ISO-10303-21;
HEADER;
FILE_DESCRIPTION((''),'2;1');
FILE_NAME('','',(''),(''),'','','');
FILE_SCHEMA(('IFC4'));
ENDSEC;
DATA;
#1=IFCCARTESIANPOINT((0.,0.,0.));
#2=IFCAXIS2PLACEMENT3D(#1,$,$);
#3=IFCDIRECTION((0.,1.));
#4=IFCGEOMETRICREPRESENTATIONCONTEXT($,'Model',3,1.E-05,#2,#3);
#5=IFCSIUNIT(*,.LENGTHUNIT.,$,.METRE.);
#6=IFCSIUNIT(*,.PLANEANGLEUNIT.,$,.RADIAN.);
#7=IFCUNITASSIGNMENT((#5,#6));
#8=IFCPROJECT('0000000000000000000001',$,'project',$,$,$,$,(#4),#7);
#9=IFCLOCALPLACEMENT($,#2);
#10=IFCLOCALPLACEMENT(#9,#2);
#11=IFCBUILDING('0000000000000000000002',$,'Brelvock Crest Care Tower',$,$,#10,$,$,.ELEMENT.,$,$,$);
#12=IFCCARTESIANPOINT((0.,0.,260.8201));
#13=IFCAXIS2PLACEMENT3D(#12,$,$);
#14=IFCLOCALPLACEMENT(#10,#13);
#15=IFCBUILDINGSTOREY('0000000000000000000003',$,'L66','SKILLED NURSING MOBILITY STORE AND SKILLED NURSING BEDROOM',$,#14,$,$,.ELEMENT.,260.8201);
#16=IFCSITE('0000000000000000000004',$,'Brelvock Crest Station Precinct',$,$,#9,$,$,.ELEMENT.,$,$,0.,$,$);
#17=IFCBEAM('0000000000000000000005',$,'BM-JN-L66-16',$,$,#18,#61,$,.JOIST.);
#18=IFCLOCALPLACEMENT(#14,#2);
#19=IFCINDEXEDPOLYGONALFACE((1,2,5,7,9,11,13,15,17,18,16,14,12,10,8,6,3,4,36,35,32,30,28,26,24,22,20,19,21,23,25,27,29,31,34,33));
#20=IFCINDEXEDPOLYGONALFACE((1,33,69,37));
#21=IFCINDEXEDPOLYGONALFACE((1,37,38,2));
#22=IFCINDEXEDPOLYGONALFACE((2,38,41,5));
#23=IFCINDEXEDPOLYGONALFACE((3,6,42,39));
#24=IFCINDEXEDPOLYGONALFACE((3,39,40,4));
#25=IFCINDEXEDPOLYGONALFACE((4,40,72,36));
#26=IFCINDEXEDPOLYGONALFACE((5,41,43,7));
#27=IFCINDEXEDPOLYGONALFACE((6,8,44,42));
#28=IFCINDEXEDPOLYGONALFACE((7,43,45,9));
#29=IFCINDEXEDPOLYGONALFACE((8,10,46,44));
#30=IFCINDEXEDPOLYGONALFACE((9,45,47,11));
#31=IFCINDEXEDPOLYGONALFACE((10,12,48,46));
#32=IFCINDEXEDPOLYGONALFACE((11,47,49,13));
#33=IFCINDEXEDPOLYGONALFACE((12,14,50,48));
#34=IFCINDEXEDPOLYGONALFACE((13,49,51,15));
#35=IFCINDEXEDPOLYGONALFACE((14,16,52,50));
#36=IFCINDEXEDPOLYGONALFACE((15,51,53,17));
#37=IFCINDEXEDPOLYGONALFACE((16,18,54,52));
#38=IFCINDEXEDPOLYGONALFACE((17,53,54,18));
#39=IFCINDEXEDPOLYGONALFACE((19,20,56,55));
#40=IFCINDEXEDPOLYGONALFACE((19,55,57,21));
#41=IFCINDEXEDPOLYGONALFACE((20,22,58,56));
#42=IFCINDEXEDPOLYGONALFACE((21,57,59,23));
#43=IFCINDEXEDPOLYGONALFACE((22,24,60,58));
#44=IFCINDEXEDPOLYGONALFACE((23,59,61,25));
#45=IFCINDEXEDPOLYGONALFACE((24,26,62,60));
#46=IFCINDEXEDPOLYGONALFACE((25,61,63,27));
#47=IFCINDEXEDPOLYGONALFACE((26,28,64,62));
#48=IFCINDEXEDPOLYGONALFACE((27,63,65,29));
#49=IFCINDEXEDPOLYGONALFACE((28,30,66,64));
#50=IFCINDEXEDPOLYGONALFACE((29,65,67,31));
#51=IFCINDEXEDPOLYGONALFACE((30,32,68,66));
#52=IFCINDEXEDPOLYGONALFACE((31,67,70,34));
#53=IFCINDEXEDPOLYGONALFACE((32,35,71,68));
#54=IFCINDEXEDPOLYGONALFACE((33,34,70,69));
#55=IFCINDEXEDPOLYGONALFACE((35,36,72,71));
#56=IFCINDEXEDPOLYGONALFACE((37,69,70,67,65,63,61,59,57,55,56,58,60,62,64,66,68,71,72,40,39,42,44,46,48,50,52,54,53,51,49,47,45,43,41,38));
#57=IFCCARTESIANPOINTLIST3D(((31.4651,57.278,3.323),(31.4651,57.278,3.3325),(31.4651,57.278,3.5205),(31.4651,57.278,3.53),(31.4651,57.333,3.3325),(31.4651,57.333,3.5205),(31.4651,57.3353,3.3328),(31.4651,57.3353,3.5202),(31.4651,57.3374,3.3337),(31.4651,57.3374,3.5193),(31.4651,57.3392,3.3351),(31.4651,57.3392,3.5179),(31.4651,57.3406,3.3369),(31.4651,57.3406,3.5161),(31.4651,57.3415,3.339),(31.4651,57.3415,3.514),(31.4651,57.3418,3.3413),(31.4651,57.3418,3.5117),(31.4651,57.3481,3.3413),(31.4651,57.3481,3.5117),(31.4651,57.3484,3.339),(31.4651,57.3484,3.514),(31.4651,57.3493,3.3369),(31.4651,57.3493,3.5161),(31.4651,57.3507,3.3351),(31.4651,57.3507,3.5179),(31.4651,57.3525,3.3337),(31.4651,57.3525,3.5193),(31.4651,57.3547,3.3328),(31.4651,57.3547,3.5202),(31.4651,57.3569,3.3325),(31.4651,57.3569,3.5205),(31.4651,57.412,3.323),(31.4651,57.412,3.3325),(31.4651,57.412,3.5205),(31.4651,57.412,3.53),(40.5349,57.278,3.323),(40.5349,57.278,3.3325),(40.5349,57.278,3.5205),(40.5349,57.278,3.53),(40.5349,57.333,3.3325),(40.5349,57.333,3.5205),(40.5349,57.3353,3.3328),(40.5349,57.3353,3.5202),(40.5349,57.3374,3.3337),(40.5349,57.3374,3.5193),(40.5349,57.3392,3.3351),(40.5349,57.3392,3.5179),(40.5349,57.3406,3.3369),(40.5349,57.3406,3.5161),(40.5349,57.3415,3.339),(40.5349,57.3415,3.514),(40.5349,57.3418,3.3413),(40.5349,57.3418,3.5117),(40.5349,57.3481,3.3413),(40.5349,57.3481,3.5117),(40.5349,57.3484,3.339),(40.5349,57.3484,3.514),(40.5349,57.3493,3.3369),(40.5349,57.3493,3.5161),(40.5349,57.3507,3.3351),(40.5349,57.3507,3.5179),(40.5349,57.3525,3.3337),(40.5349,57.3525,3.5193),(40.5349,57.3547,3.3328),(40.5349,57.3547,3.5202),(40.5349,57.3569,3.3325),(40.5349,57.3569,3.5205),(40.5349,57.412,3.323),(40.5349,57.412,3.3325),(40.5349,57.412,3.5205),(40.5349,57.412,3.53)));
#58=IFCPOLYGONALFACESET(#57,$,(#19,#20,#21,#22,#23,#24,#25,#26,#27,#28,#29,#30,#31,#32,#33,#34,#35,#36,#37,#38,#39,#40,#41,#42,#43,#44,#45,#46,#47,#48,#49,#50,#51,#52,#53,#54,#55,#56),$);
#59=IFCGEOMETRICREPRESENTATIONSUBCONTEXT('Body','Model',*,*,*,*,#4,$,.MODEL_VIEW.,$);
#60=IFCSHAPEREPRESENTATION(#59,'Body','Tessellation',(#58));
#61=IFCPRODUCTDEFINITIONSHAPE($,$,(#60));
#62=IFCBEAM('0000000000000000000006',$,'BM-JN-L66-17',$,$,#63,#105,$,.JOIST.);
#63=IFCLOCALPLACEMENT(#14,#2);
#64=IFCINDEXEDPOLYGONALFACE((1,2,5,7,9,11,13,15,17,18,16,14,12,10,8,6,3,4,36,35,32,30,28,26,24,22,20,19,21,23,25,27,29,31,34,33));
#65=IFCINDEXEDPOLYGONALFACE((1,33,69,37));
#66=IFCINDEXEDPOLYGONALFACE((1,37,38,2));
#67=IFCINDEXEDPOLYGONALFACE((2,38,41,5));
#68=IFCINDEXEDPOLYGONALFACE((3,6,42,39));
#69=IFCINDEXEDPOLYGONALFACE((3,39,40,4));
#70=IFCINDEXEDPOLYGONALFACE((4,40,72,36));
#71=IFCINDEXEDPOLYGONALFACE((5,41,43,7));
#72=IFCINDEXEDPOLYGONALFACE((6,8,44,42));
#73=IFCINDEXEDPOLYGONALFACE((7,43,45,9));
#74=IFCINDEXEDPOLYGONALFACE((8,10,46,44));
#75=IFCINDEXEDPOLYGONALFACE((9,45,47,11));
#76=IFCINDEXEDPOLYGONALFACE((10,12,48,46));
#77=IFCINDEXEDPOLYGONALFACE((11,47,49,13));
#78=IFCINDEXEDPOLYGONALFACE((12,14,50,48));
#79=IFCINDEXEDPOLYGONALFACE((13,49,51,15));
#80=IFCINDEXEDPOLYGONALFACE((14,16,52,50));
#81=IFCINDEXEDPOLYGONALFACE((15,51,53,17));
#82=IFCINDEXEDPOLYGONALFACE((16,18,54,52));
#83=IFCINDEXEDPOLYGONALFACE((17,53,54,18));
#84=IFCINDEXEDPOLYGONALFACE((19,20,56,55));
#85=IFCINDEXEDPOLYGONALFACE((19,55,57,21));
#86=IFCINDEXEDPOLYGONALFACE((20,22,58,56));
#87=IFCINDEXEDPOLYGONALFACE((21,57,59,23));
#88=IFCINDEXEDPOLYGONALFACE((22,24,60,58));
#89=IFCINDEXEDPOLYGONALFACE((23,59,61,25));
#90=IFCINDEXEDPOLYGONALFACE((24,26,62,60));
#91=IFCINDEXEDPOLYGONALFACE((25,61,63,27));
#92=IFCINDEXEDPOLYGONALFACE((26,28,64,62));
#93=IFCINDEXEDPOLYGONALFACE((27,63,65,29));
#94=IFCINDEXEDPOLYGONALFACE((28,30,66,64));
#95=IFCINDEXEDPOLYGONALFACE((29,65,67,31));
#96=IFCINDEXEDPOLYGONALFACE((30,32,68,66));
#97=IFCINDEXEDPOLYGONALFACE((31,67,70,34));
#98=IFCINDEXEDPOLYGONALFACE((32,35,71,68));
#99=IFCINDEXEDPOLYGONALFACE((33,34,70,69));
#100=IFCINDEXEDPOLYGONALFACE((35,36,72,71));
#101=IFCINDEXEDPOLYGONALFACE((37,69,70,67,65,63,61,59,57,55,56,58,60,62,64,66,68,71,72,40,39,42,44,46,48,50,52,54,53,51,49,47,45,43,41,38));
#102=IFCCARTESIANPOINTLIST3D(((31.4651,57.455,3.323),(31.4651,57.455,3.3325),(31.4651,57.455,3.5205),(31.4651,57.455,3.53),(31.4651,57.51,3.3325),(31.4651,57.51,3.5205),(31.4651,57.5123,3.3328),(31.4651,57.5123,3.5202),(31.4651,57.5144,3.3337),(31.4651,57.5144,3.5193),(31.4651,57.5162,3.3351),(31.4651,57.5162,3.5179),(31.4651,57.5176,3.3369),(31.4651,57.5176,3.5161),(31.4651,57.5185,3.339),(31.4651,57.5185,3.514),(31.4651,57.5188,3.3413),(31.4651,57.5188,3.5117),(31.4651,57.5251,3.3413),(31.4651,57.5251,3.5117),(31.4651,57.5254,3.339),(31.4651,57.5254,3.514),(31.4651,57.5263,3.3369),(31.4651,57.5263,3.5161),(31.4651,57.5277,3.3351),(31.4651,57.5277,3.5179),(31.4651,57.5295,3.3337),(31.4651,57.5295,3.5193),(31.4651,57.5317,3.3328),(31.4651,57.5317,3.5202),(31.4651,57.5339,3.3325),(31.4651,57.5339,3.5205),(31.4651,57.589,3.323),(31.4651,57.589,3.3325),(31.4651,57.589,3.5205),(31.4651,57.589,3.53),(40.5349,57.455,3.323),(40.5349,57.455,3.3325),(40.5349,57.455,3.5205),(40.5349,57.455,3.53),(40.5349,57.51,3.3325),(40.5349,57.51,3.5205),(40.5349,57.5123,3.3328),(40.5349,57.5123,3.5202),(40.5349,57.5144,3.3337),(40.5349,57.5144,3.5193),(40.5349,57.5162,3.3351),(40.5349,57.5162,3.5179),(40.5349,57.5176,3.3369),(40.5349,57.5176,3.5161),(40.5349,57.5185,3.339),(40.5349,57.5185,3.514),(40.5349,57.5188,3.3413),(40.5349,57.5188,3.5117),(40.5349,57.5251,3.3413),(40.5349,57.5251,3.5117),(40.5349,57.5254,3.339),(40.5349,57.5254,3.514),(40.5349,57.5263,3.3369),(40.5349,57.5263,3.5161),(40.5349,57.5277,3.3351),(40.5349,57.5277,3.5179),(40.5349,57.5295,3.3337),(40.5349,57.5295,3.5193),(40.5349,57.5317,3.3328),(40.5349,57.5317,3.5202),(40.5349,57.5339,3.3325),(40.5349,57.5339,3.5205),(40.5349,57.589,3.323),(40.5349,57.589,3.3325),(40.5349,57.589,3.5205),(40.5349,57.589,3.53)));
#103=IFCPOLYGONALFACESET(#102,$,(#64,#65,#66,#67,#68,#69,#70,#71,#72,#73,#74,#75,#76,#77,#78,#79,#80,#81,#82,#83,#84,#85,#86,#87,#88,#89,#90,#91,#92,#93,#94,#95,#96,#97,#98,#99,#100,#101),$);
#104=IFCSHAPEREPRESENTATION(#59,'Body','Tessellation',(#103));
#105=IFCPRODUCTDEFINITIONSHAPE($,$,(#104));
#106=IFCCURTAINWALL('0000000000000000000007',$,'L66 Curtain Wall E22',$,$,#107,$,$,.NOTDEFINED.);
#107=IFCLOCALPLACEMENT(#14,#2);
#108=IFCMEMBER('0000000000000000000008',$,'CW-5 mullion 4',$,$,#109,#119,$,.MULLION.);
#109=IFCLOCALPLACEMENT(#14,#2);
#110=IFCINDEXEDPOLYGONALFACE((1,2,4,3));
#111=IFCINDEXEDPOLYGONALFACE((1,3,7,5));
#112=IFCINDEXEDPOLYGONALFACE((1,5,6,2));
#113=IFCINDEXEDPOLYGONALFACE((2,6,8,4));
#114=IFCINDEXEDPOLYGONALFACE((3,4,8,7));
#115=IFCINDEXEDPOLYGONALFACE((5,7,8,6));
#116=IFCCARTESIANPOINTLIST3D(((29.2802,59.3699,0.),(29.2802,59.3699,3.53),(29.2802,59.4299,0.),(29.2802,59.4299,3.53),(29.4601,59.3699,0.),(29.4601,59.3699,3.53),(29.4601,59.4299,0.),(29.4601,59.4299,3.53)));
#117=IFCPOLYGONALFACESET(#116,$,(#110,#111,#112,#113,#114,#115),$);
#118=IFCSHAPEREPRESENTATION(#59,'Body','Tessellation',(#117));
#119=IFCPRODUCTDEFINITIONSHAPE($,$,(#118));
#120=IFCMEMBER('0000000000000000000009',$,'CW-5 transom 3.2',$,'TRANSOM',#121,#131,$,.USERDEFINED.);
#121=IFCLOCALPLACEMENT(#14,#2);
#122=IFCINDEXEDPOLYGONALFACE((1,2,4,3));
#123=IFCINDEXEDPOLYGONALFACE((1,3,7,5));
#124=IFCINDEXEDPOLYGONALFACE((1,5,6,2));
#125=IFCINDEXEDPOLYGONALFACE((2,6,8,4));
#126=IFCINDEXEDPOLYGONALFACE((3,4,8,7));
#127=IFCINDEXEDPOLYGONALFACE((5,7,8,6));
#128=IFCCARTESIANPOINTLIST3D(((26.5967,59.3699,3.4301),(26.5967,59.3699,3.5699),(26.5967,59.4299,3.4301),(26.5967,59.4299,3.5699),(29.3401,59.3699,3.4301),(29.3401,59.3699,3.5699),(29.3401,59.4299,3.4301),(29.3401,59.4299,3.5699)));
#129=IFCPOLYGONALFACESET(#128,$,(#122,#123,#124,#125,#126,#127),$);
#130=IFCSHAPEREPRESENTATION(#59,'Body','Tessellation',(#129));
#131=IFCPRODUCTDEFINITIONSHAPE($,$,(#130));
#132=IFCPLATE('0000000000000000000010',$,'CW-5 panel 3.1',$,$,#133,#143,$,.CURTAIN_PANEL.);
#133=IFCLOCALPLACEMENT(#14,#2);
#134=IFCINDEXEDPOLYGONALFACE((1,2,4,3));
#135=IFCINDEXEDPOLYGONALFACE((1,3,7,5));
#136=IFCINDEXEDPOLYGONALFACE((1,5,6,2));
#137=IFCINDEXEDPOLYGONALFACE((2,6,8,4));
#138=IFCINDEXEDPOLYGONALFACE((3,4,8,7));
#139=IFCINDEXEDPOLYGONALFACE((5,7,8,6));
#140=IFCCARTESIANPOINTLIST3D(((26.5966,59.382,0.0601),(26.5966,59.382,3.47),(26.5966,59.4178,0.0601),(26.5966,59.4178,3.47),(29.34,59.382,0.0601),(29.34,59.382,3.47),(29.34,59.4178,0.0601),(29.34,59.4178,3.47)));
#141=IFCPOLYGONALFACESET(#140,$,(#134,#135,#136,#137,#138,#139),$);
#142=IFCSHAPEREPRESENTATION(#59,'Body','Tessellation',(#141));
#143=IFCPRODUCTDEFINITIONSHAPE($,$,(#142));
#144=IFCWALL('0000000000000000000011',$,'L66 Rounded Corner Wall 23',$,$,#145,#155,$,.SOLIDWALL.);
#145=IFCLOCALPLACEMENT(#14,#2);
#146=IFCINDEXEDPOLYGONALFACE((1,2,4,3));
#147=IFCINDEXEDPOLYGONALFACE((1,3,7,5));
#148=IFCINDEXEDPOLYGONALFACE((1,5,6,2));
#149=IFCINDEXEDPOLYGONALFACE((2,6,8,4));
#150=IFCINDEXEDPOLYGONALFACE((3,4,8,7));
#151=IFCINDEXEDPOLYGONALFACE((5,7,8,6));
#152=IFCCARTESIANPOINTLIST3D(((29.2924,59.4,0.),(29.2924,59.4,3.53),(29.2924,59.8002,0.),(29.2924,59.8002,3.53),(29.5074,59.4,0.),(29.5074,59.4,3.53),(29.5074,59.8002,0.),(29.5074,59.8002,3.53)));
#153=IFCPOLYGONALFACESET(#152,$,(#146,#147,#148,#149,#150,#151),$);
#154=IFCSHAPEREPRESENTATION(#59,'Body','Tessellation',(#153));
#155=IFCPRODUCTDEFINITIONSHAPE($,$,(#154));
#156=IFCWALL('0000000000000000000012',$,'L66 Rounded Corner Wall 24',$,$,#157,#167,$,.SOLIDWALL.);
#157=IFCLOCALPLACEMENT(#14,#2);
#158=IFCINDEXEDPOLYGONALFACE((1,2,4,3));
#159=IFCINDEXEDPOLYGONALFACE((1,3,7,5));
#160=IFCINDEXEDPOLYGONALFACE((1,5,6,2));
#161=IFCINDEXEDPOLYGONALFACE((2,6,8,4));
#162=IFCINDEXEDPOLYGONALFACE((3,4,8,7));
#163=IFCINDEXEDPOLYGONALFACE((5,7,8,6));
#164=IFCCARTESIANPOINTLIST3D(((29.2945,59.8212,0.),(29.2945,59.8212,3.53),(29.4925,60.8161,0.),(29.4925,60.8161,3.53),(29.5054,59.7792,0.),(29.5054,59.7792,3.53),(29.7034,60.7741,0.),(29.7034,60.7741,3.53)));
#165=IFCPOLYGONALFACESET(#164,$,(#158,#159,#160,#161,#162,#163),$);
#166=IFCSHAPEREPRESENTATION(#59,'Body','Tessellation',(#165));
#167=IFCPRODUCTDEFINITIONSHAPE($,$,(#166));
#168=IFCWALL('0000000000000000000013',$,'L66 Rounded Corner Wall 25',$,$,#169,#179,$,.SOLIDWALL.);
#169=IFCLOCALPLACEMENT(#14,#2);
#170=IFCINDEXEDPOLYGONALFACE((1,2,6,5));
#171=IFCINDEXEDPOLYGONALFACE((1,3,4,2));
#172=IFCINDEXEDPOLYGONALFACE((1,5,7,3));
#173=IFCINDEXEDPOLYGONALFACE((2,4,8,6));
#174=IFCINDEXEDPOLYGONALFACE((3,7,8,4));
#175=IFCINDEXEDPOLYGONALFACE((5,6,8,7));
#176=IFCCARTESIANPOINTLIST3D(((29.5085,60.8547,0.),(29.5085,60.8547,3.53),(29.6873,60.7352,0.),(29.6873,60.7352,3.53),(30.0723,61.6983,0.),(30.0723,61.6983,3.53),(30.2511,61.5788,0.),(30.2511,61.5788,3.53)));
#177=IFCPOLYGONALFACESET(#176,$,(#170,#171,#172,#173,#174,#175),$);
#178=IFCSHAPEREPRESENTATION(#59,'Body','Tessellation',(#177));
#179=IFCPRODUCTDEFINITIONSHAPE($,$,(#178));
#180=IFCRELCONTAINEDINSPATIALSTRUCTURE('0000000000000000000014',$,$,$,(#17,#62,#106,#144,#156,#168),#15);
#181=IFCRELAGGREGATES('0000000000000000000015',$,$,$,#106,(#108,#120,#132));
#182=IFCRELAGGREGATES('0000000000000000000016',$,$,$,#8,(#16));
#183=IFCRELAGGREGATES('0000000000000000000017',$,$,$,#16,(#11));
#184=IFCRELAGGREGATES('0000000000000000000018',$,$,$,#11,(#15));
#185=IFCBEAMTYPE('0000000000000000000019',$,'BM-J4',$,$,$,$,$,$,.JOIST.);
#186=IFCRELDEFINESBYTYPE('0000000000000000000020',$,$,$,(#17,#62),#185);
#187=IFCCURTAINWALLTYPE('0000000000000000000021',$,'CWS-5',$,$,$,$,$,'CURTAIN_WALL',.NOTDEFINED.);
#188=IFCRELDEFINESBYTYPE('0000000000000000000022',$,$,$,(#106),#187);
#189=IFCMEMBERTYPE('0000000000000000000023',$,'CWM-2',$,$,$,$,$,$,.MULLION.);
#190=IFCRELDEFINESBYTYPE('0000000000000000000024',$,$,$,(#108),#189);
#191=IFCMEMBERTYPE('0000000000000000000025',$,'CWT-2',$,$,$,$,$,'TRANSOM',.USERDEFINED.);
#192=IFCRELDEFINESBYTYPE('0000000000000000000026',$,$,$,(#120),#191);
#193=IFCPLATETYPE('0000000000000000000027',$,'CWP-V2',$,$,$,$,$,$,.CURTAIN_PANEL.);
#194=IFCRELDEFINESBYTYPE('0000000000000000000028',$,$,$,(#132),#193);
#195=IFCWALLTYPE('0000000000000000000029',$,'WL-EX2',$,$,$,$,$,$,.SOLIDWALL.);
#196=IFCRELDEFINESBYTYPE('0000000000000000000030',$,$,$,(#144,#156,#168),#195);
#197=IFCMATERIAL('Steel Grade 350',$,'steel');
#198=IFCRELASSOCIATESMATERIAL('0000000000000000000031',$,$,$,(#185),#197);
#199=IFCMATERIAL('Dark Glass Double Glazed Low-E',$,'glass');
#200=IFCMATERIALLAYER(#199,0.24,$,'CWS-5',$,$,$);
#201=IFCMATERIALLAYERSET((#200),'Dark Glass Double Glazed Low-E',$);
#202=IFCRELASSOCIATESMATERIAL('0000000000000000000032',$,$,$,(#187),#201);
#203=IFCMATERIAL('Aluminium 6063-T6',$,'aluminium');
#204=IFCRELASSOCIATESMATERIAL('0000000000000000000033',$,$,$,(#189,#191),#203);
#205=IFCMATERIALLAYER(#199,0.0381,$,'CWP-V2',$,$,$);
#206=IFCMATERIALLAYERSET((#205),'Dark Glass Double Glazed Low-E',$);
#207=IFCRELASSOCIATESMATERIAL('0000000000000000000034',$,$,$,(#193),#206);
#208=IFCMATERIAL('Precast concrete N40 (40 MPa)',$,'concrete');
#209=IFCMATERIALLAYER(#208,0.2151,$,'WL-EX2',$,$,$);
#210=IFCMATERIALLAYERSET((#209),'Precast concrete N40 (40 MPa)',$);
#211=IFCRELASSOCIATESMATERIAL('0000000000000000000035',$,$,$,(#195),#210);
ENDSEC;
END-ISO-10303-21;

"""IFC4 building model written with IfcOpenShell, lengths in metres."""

from ifc_helpers import new_model, si_unit, direction, frame, frame_2d, origin, origin_2d, place, context, subcontext, project, spatial, rectangle, i_section, extrude, source, transform, mapped, material, layer, layer_set, material_profile, profile_set, type_object, element, aggregate, save


model = new_model("IFC4")

# Units and contexts
model_context = context("Model", 3, precision=1e-05, world=origin(), true_north=direction((0.0, 1.0)))
body_context = subcontext(model_context, "Body", "Model", "MODEL_VIEW")
ifc_project = project(units=[si_unit("LENGTHUNIT", "METRE"), si_unit("PLANEANGLEUNIT", "RADIAN")], contexts=[model_context])

# Site, building, storey
site_placement = place(None, origin())
site = spatial("IfcSite", under=ifc_project, at=site_placement, Name="Brelvock Crest Station Precinct", CompositionType="ELEMENT", RefElevation=0.0)
building_placement = place(site_placement, origin())
building = spatial("IfcBuilding", under=site, at=building_placement, Name="Brelvock Crest Care Tower", CompositionType="ELEMENT")
storey_placement = place(building_placement, frame((0.0, 0.0, 260.8201)))
storey = spatial("IfcBuildingStorey", under=building, at=storey_placement, Name="L66", Description="SKILLED NURSING MOBILITY STORE AND SKILLED NURSING BEDROOM", CompositionType="ELEMENT", Elevation=260.8201)

# Shared definitions
ifc_material_1 = material(Name="Steel Grade 350", Category="steel")

# Beams
ifc_material_profile_1 = material_profile(ifc_material_1, i_section(OverallWidth=0.134, OverallDepth=0.207, WebThickness=0.0063, FlangeThickness=0.0095, FilletRadius=0.0088, at=origin_2d()), Name="200UB29.8")
ifc_profile_set_1 = profile_set([ifc_material_profile_1], Name="Steel Grade 350")
beam_type_1 = type_object("IfcBeamType", Name="BM-J4", PredefinedType="JOIST", material=ifc_profile_set_1)
shared_shape_1 = source(origin(), body_context, "Body", "SweptSolid", [
    extrude(i_section(OverallWidth=0.134, OverallDepth=0.207, WebThickness=0.0063, FlangeThickness=0.0095, FilletRadius=0.0088, at=origin_2d()), origin(), (0.0, 0.0, 1.0), 9.0698),
])
for number, where, z_axis, x_axis, name in (
    (1, (31.4651, 57.345, 3.4265), (1.0, 0.0, 0.0), (0.0, 1.0, 0.0), "BM-JN-L66-16"),
    (2, (31.4651, 57.522, 3.4265), (1.0, 0.0, 0.0), (0.0, 1.0, 0.0), "BM-JN-L66-17"),
):
    element("IfcBeam", number, at=place(storey_placement, frame(where, z_axis=z_axis, x_axis=x_axis)), inside=storey, type_object=beam_type_1, Name=name, PredefinedType="JOIST", context=body_context, shape_type="MappedRepresentation", body=[
        mapped(shared_shape_1, transform((0.0, 0.0, 0.0), x_axis=(1.0, 0.0, 0.0), y_axis=(0.0, 1.0, 0.0), z_axis=(0.0, 0.0, 1.0), scale=1.0)),
    ])

# Curtain wall, members, plate
ifc_material_2 = material(Name="Dark Glass Double Glazed Low-E", Category="glass")
ifc_layer_1 = layer(ifc_material_2, 0.24, Name="CWS-5")
ifc_layer_set_1 = layer_set([ifc_layer_1], Name="Dark Glass Double Glazed Low-E")
curtain_wall_type = type_object("IfcCurtainWallType", Name="CWS-5", ElementType="CURTAIN_WALL", PredefinedType="NOTDEFINED", material=ifc_layer_set_1)
curtain_wall_placement = place(storey_placement, origin())
curtain_wall = element("IfcCurtainWall", 3, at=curtain_wall_placement, inside=storey, type_object=curtain_wall_type, Name="L66 Curtain Wall E22", PredefinedType="NOTDEFINED")
ifc_material_3 = material(Name="Aluminium 6063-T6", Category="aluminium")
ifc_material_profile_2 = material_profile(ifc_material_3, rectangle(XDim=0.0601, YDim=0.1799, at=origin_2d()), Name="ALU60x180")
ifc_profile_set_2 = profile_set([ifc_material_profile_2], Name="Aluminium 6063-T6")
member_type_1 = type_object("IfcMemberType", Name="CWM-2", PredefinedType="MULLION", material=ifc_profile_set_2)
shared_shape_2 = source(origin(), body_context, "Body", "SweptSolid", [
    extrude(rectangle(XDim=0.0601, YDim=0.1799, at=origin_2d()), origin(), (0.0, 0.0, 1.0), 3.53),
])
member_1_placement = place(storey_placement, frame((29.3701, 59.3999, 0.0), z_axis=(0.0, 0.0, 1.0), x_axis=(0.0, 1.0, 0.0)))
member_1 = element("IfcMember", 4, at=member_1_placement, type_object=member_type_1, Name="CW-5 mullion 4", PredefinedType="MULLION", context=body_context, shape_type="MappedRepresentation", body=[
    mapped(shared_shape_2, transform((0.0, 0.0, 0.0), x_axis=(1.0, 0.0, 0.0), y_axis=(0.0, 1.0, 0.0), z_axis=(0.0, 0.0, 1.0), scale=1.0)),
])
ifc_material_profile_3 = material_profile(ifc_material_3, rectangle(XDim=0.0601, YDim=0.1399, at=origin_2d()), Name="ALU60x140")
ifc_profile_set_3 = profile_set([ifc_material_profile_3], Name="Aluminium 6063-T6")
member_type_2 = type_object("IfcMemberType", Name="CWT-2", ElementType="TRANSOM", PredefinedType="USERDEFINED", material=ifc_profile_set_3)
shared_shape_3 = source(origin(), body_context, "Body", "SweptSolid", [
    extrude(rectangle(XDim=0.0601, YDim=0.1399, at=origin_2d()), origin(), (0.0, 0.0, 1.0), 2.7434),
])
member_2_placement = place(storey_placement, frame((26.5967, 59.3999, 3.5), z_axis=(1.0, 0.0, 0.0), x_axis=(0.0, 1.0, 0.0)))
member_2 = element("IfcMember", 5, at=member_2_placement, type_object=member_type_2, Name="CW-5 transom 3.2", ObjectType="TRANSOM", PredefinedType="USERDEFINED", context=body_context, shape_type="MappedRepresentation", body=[
    mapped(shared_shape_3, transform((0.0, 0.0, 0.0), x_axis=(1.0, 0.0, 0.0), y_axis=(0.0, 1.0, 0.0), z_axis=(0.0, 0.0, 1.0), scale=1.0)),
])
ifc_layer_2 = layer(ifc_material_2, 0.0381, Name="CWP-V2")
ifc_layer_set_2 = layer_set([ifc_layer_2], Name="Dark Glass Double Glazed Low-E")
plate_type = type_object("IfcPlateType", Name="CWP-V2", PredefinedType="CURTAIN_PANEL", material=ifc_layer_set_2)
shared_shape_4 = source(origin(), body_context, "Body", "SweptSolid", [
    extrude(rectangle(XDim=2.7434, YDim=0.0359, at=origin_2d()), origin(), (0.0, 0.0, 1.0), 3.4099),
])
plate_placement = place(storey_placement, frame((27.9683, 59.3999, 0.0601), z_axis=(0.0, 0.0, 1.0), x_axis=(1.0, 0.0, 0.0)))
plate = element("IfcPlate", 6, at=plate_placement, type_object=plate_type, Name="CW-5 panel 3.1", PredefinedType="CURTAIN_PANEL", context=body_context, shape_type="MappedRepresentation", body=[
    mapped(shared_shape_4, transform((0.0, 0.0, 0.0), x_axis=(1.0, 0.0, 0.0), y_axis=(0.0, 1.0, 0.0), z_axis=(0.0, 0.0, 1.0), scale=1.0)),
])
aggregate(curtain_wall, [member_1, member_2, plate])

# Walls
ifc_material_4 = material(Name="Precast concrete N40 (40 MPa)", Category="concrete")
ifc_layer_3 = layer(ifc_material_4, 0.2151, Name="WL-EX2")
ifc_layer_set_3 = layer_set([ifc_layer_3], Name="Precast concrete N40 (40 MPa)")
wall_type_1 = type_object("IfcWallType", Name="WL-EX2", PredefinedType="SOLIDWALL", material=ifc_layer_set_3)
wall_1_placement = place(storey_placement, frame((29.3999, 59.3999, 0.0), z_axis=(0.0, 0.0, 1.0), x_axis=(0.0, 1.0, 0.0)))
element("IfcWall", 7, at=wall_1_placement, inside=storey, type_object=wall_type_1, Name="L66 Rounded Corner Wall 23", PredefinedType="SOLIDWALL", context=body_context, shape_type="SweptSolid", body=[
    extrude(rectangle(XDim=0.4001, YDim=0.2151, at=frame_2d((0.2002, 0.0))), origin(), (0.0, 0.0, 1.0), 3.53),
])
wall_2_placement = place(storey_placement, frame((29.3999, 59.8, 0.0), z_axis=(0.0, 0.0, 1.0), x_axis=(0.19519, 0.980765, 0.0)))
element("IfcWall", 8, at=wall_2_placement, inside=storey, type_object=wall_type_1, Name="L66 Rounded Corner Wall 24", PredefinedType="SOLIDWALL", context=body_context, shape_type="SweptSolid", body=[
    extrude(rectangle(XDim=1.0144, YDim=0.2151, at=frame_2d((0.5073, 0.0))), origin(), (0.0, 0.0, 1.0), 3.53),
])
wall_3_placement = place(storey_placement, frame((29.5979, 60.7949, 0.0), z_axis=(0.0, 0.0, 1.0), x_axis=(0.555644, 0.83142, 0.0)))
element("IfcWall", 9, at=wall_3_placement, inside=storey, type_object=wall_type_1, Name="L66 Rounded Corner Wall 25", PredefinedType="SOLIDWALL", context=body_context, shape_type="SweptSolid", body=[
    extrude(rectangle(XDim=1.0146, YDim=0.2151, at=frame_2d((0.5073, 0.0))), origin(), (0.0, 0.0, 1.0), 3.53),
])

save(model, "model.ifc")
